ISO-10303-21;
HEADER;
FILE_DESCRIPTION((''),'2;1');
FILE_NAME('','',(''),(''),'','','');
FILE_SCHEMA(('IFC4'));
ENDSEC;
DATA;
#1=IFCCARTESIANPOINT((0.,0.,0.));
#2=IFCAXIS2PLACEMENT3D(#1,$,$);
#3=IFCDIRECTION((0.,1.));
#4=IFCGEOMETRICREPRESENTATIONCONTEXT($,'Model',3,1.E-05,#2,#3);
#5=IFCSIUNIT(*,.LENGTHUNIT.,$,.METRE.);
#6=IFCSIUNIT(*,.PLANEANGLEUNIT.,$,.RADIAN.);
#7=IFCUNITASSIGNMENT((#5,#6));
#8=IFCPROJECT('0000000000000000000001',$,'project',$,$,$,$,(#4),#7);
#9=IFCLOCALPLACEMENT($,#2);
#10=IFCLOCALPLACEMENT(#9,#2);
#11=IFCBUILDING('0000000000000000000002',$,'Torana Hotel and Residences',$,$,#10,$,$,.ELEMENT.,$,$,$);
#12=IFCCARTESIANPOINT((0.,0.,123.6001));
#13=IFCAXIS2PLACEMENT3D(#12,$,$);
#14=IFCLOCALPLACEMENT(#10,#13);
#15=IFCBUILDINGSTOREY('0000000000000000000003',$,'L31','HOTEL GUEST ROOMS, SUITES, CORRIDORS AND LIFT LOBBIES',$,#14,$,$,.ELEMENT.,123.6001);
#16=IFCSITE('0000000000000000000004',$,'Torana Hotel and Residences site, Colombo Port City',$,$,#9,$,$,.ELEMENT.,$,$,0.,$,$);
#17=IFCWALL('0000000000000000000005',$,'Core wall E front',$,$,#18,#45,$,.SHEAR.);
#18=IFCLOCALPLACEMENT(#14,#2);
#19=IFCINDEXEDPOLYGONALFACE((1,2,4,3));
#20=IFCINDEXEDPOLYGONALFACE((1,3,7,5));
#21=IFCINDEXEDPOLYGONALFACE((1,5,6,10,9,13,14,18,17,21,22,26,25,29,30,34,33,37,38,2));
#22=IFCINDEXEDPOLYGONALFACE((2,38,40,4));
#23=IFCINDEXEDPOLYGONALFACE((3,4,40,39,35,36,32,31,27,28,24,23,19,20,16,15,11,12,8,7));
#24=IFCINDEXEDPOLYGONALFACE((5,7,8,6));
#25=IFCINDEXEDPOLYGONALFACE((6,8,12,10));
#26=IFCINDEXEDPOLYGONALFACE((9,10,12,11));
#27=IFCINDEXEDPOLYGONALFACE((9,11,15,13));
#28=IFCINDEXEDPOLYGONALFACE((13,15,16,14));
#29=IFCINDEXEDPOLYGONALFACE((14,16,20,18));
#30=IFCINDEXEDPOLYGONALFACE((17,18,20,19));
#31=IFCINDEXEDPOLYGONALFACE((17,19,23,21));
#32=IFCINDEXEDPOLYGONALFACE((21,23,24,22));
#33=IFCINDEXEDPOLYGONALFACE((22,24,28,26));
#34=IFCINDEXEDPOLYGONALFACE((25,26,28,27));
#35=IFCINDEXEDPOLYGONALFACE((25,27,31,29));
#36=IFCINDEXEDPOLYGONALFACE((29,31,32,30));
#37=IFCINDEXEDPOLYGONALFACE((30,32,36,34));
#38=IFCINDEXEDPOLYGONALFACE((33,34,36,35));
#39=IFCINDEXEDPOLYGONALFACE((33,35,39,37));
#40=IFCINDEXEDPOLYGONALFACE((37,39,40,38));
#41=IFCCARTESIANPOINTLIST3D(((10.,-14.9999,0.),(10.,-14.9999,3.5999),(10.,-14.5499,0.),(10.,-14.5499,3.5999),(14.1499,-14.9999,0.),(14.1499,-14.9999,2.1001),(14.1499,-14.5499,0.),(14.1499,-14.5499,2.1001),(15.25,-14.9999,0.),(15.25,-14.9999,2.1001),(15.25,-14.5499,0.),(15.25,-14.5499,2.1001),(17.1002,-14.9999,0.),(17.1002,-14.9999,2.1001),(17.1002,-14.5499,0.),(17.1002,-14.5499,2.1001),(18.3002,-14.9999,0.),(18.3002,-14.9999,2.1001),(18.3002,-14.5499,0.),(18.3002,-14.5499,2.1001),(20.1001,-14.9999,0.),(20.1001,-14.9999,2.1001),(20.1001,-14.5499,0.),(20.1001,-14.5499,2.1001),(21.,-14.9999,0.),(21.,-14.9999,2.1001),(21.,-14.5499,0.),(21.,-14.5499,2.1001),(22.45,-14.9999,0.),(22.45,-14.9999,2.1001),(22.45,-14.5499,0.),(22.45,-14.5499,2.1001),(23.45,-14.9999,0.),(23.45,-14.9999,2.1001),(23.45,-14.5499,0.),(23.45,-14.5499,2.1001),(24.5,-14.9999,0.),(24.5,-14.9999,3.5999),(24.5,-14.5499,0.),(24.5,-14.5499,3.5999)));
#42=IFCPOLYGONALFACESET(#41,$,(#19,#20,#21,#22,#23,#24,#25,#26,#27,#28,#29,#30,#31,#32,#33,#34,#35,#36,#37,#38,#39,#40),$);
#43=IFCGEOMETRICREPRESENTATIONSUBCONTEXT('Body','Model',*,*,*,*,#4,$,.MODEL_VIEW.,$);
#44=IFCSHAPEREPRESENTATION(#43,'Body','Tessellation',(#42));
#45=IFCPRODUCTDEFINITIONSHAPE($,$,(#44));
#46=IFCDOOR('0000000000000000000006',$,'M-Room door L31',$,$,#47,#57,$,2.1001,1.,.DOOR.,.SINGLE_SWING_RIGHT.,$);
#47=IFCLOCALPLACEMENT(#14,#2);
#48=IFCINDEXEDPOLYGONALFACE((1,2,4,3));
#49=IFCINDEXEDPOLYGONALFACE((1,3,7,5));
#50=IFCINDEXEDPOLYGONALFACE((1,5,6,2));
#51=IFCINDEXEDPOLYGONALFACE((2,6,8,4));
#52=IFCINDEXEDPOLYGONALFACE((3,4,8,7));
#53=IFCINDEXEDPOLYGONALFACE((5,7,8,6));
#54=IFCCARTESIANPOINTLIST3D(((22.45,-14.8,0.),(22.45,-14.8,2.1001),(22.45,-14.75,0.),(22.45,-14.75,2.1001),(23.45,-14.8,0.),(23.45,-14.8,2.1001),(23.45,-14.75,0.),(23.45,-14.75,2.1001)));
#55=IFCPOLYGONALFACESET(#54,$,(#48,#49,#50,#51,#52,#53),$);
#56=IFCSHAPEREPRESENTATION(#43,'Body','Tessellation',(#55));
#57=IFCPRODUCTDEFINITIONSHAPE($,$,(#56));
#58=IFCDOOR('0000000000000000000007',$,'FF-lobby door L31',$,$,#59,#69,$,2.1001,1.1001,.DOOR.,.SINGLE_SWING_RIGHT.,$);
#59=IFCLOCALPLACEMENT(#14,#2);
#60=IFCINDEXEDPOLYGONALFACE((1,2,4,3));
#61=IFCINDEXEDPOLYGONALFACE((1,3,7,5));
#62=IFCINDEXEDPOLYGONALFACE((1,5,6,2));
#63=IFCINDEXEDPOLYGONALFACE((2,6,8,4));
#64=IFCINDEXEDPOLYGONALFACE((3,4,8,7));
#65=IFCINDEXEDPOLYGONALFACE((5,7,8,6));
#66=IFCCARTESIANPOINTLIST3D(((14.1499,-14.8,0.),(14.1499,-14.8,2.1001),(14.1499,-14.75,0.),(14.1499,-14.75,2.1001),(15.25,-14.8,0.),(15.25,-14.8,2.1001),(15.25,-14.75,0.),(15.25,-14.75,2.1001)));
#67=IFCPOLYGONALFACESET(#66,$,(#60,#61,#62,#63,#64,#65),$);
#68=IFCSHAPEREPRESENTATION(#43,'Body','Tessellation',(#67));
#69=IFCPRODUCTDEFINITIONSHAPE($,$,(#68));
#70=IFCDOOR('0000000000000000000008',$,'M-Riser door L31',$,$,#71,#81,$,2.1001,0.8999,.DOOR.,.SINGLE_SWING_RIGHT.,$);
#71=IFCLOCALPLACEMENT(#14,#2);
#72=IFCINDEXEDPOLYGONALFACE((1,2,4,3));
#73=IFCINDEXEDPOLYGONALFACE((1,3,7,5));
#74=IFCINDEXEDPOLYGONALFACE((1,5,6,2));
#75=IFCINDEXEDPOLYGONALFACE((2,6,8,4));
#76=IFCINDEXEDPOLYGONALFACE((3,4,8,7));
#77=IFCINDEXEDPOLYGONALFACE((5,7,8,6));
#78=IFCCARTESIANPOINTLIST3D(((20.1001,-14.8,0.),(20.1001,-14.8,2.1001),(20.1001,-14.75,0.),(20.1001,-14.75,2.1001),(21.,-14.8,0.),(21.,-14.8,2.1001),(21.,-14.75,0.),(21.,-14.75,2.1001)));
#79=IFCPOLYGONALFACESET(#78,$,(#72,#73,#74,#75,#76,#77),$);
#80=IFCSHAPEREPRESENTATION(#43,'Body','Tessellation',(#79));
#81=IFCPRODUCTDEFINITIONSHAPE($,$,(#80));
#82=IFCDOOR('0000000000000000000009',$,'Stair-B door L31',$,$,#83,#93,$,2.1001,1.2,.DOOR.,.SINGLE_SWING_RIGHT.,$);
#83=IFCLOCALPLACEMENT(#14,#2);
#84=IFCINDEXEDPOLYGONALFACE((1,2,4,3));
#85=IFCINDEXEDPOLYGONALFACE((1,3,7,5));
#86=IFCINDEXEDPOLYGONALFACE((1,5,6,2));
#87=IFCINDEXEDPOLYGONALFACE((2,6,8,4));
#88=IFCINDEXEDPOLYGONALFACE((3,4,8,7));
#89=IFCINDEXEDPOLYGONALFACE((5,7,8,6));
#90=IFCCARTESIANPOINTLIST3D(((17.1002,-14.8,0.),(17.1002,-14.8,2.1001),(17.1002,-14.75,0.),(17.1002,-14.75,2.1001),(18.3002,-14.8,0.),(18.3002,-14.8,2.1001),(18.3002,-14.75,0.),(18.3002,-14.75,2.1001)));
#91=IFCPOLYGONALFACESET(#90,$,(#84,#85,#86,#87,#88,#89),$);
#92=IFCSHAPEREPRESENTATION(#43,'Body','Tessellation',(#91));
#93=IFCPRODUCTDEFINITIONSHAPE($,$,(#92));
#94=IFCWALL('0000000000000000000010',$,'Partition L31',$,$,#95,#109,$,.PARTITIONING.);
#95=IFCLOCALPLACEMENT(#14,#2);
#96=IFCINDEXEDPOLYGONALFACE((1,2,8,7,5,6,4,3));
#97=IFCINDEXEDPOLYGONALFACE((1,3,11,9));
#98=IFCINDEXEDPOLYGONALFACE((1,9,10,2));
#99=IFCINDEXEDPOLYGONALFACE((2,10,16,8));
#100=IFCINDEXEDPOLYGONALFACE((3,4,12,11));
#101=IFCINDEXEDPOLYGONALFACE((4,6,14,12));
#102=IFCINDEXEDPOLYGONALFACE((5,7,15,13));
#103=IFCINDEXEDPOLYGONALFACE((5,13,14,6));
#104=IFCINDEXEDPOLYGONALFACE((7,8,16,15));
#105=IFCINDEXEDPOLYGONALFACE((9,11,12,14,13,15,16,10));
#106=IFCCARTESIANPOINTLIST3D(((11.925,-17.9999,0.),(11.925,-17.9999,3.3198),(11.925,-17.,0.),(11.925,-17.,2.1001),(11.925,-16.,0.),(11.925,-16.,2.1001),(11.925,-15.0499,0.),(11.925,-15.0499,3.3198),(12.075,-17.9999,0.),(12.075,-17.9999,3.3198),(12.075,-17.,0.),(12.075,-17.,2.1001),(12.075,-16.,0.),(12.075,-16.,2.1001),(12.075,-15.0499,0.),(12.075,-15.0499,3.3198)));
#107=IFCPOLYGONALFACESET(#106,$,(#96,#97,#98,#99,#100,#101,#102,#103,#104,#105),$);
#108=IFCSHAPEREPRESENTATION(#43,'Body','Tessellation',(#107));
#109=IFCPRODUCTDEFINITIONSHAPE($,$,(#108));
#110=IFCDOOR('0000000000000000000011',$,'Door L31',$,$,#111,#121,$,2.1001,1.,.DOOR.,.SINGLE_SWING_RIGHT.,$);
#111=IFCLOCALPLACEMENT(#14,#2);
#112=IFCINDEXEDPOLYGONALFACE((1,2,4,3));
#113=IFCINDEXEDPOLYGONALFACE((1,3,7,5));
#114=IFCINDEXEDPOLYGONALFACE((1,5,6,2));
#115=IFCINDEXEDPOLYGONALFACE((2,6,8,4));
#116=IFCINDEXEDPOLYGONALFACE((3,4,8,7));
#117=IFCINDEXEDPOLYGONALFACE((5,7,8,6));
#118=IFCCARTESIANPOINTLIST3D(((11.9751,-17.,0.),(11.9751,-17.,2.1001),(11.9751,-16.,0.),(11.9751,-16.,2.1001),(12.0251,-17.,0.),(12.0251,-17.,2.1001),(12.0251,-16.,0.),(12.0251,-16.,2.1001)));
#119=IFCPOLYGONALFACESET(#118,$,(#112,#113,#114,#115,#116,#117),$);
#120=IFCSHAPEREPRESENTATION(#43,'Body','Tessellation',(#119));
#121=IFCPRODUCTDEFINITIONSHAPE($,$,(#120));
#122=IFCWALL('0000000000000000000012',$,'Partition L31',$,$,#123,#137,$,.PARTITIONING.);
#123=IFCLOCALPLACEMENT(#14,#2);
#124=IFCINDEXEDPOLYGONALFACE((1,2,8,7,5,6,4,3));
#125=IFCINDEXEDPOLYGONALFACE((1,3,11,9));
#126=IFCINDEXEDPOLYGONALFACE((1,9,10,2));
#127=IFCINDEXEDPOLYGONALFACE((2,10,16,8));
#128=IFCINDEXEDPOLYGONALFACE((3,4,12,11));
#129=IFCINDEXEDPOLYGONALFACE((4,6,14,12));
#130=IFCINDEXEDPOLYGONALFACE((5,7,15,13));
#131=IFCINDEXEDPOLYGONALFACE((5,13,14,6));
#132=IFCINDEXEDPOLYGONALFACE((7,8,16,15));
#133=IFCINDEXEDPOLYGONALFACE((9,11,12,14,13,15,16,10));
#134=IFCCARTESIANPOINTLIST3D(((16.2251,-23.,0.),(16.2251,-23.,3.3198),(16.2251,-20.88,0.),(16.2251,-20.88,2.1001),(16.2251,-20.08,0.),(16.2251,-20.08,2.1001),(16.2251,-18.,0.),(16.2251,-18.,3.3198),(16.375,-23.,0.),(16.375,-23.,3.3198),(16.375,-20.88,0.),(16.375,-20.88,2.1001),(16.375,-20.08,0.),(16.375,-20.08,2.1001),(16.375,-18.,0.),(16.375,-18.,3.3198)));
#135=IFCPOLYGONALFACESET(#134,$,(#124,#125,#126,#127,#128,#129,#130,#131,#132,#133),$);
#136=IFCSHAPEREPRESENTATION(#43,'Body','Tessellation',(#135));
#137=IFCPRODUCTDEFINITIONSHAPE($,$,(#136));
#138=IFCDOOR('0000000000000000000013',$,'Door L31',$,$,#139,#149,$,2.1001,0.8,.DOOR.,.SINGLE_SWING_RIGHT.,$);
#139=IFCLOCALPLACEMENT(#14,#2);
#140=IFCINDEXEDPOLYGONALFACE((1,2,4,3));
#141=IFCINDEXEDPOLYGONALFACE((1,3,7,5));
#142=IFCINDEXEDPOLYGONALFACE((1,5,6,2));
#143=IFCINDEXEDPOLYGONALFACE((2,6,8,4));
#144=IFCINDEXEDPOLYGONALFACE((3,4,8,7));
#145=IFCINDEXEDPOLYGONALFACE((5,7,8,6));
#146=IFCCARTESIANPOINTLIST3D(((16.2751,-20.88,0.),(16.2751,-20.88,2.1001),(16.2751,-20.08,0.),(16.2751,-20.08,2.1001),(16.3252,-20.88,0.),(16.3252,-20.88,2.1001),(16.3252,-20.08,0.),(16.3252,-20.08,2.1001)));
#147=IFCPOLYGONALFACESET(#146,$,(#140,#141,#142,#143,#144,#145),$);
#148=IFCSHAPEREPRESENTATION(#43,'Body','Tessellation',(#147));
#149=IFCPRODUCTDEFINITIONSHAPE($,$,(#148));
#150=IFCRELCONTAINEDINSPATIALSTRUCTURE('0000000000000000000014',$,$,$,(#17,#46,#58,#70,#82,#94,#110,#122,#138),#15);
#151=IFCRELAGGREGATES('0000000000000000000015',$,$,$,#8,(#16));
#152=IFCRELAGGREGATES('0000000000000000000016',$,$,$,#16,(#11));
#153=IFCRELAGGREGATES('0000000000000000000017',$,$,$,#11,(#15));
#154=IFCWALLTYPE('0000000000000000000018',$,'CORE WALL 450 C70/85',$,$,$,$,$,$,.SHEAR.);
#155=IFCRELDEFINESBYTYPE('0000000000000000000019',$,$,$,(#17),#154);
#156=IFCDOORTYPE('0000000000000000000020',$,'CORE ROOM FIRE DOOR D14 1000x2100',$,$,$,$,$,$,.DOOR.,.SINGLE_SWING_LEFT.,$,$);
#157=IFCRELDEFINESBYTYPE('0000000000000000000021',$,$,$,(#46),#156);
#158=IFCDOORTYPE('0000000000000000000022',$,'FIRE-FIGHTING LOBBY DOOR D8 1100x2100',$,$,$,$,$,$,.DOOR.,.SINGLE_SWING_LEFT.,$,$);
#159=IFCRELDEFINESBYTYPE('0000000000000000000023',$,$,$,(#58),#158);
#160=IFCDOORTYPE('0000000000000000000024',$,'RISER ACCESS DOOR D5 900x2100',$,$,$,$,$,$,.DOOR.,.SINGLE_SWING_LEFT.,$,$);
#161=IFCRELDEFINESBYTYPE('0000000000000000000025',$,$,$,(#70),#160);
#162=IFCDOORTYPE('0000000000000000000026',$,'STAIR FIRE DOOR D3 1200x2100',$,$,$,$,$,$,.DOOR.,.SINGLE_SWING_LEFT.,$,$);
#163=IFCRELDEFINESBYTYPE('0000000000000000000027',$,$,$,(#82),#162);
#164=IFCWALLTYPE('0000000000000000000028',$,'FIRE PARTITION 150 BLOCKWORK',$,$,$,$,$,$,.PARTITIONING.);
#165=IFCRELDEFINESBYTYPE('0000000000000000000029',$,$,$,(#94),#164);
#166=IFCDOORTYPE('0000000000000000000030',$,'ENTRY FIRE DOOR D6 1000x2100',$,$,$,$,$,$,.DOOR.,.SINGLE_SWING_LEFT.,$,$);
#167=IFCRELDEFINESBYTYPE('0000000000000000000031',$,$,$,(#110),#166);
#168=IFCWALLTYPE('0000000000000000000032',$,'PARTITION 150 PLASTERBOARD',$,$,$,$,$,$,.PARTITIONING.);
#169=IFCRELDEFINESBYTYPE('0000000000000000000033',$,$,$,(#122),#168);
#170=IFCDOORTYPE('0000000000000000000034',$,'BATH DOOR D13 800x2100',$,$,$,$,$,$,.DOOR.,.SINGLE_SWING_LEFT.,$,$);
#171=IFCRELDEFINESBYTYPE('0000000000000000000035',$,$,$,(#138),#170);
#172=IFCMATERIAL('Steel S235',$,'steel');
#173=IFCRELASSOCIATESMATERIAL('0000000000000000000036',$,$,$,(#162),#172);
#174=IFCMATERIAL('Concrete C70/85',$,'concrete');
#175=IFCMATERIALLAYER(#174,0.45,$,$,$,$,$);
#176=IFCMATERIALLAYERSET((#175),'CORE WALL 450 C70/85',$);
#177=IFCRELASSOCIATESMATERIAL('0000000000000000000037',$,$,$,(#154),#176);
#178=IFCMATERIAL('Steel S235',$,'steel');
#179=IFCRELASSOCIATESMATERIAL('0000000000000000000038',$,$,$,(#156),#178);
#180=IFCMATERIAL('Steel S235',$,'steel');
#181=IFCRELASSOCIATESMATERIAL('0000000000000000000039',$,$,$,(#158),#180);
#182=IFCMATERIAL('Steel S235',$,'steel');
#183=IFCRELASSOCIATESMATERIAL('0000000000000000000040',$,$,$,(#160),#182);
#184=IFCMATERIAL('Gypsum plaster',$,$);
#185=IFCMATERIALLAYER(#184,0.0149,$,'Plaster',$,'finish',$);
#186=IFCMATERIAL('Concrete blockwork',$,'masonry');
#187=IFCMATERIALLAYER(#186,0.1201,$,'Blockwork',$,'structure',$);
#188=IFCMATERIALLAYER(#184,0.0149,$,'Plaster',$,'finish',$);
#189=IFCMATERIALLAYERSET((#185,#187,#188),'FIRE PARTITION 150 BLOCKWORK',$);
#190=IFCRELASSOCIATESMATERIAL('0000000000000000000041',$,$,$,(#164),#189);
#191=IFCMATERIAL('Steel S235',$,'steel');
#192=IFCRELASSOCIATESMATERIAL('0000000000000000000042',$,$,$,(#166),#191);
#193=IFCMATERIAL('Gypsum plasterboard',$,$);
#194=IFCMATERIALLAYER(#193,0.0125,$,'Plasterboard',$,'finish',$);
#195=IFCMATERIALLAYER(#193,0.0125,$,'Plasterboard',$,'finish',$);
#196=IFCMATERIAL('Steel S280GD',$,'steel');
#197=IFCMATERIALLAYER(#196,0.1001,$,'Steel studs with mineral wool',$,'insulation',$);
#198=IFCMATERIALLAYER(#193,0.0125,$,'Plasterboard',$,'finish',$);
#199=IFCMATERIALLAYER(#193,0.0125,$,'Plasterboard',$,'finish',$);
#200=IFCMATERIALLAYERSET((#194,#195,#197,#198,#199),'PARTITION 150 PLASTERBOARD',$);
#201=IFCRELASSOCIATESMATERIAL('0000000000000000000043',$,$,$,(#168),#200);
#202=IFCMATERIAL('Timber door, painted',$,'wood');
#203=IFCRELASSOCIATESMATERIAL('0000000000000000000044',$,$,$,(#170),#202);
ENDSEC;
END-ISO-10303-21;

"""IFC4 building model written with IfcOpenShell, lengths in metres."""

from ifc_helpers import new_model, si_unit, direction, frame, frame_2d, origin, place, context, subcontext, project, spatial, rectangle, extrude, material, layer, layer_set, type_object, element, fill, save


model = new_model("IFC4")

# Units and contexts
model_context = context("Model", 3, precision=1e-05, world=origin(), true_north=direction((0.0, 1.0)))
body_context = subcontext(model_context, "Body", "Model", "MODEL_VIEW")
ifc_project = project(units=[si_unit("LENGTHUNIT", "METRE"), si_unit("PLANEANGLEUNIT", "RADIAN")], contexts=[model_context])

# Site, building, storey
site_placement = place(None, origin())
site = spatial("IfcSite", under=ifc_project, at=site_placement, Name="Torana Hotel and Residences site, Colombo Port City", CompositionType="ELEMENT", RefElevation=0.0)
building_placement = place(site_placement, origin())
building = spatial("IfcBuilding", under=site, at=building_placement, Name="Torana Hotel and Residences", CompositionType="ELEMENT")
storey_placement = place(building_placement, frame((0.0, 0.0, 123.6001)))
storey = spatial("IfcBuildingStorey", under=building, at=storey_placement, Name="L31", Description="HOTEL GUEST ROOMS, SUITES, CORRIDORS AND LIFT LOBBIES", CompositionType="ELEMENT", Elevation=123.6001)

# Shared definitions
ifc_material_1 = material(Name="Steel S235", Category="steel")
door_type_1 = type_object("IfcDoorType", Name="STAIR FIRE DOOR D3 1200x2100", OperationType="SINGLE_SWING_LEFT", PredefinedType="DOOR", material=ifc_material_1)

# Wall, openings, doors
ifc_material_2 = material(Name="Concrete C70/85", Category="concrete")
ifc_layer_1 = layer(ifc_material_2, 0.45)
ifc_layer_set_1 = layer_set([ifc_layer_1], Name="CORE WALL 450 C70/85")
wall_type_1 = type_object("IfcWallType", Name="CORE WALL 450 C70/85", PredefinedType="SHEAR", material=ifc_layer_set_1)
wall_1_placement = place(storey_placement, frame((10.0, -14.7749, 0.0), z_axis=(0.0, 0.0, 1.0), x_axis=(1.0, 0.0, 0.0)))
wall_1 = element("IfcWall", 1, at=wall_1_placement, inside=storey, type_object=wall_type_1, Name="Core wall E front", PredefinedType="SHEAR", context=body_context, shape_type="SweptSolid", body=[
    extrude(rectangle(XDim=14.5, YDim=0.45, at=frame_2d((7.25, 0.0))), origin(), (0.0, 0.0, 1.0), 3.5999),
])
opening_1_placement = place(wall_1_placement, frame((7.1001, 0.0, 0.0)))
opening_1 = element("IfcOpeningElement", 2, at=opening_1_placement, cuts=wall_1, PredefinedType="OPENING", context=body_context, shape_type="SweptSolid", body=[
    extrude(rectangle(XDim=1.2, YDim=2.1001, at=frame_2d((0.6001, 1.05))), frame((0.0, 0.2349, 0.0), z_axis=(0.0, -1.0, 0.0), x_axis=(1.0, 0.0, 0.0)), (0.0, 0.0, 1.0), 0.47),
])
opening_2_placement = place(wall_1_placement, frame((4.1499, 0.0, 0.0)))
opening_2 = element("IfcOpeningElement", 3, at=opening_2_placement, cuts=wall_1, PredefinedType="OPENING", context=body_context, shape_type="SweptSolid", body=[
    extrude(rectangle(XDim=1.1001, YDim=2.1001, at=frame_2d((0.55, 1.05))), frame((0.0, 0.2349, 0.0), z_axis=(0.0, -1.0, 0.0), x_axis=(1.0, 0.0, 0.0)), (0.0, 0.0, 1.0), 0.47),
])
opening_3_placement = place(wall_1_placement, frame((10.1001, 0.0, 0.0)))
opening_3 = element("IfcOpeningElement", 4, at=opening_3_placement, cuts=wall_1, PredefinedType="OPENING", context=body_context, shape_type="SweptSolid", body=[
    extrude(rectangle(XDim=0.8999, YDim=2.1001, at=frame_2d((0.45, 1.05))), frame((0.0, 0.2349, 0.0), z_axis=(0.0, -1.0, 0.0), x_axis=(1.0, 0.0, 0.0)), (0.0, 0.0, 1.0), 0.47),
])
opening_4_placement = place(wall_1_placement, frame((12.45, 0.0, 0.0)))
opening_4 = element("IfcOpeningElement", 5, at=opening_4_placement, cuts=wall_1, PredefinedType="OPENING", context=body_context, shape_type="SweptSolid", body=[
    extrude(rectangle(XDim=1.0, YDim=2.1001, at=frame_2d((0.5, 1.05))), frame((0.0, 0.2349, 0.0), z_axis=(0.0, -1.0, 0.0), x_axis=(1.0, 0.0, 0.0)), (0.0, 0.0, 1.0), 0.47),
])
ifc_material_3 = material(Name="Steel S235", Category="steel")
door_type_2 = type_object("IfcDoorType", Name="CORE ROOM FIRE DOOR D14 1000x2100", OperationType="SINGLE_SWING_LEFT", PredefinedType="DOOR", material=ifc_material_3)
door_1_placement = place(opening_4_placement, origin())
door_1 = element("IfcDoor", 6, at=door_1_placement, inside=storey, type_object=door_type_2, Name="M-Room door L31", OperationType="SINGLE_SWING_RIGHT", OverallHeight=2.1001, OverallWidth=1.0, PredefinedType="DOOR", context=body_context, shape_type="SweptSolid", body=[
    extrude(rectangle(XDim=1.0, YDim=2.1001, at=frame_2d((0.5, 1.05))), frame((0.0, 0.0249, 0.0), z_axis=(0.0, -1.0, 0.0), x_axis=(1.0, 0.0, 0.0)), (0.0, 0.0, 1.0), 0.05),
])
fill(opening_4, door_1)
ifc_material_4 = material(Name="Steel S235", Category="steel")
door_type_3 = type_object("IfcDoorType", Name="FIRE-FIGHTING LOBBY DOOR D8 1100x2100", OperationType="SINGLE_SWING_LEFT", PredefinedType="DOOR", material=ifc_material_4)
door_2_placement = place(opening_2_placement, origin())
door_2 = element("IfcDoor", 7, at=door_2_placement, inside=storey, type_object=door_type_3, Name="FF-lobby door L31", OperationType="SINGLE_SWING_RIGHT", OverallHeight=2.1001, OverallWidth=1.1001, PredefinedType="DOOR", context=body_context, shape_type="SweptSolid", body=[
    extrude(rectangle(XDim=1.1001, YDim=2.1001, at=frame_2d((0.55, 1.05))), frame((0.0, 0.0249, 0.0), z_axis=(0.0, -1.0, 0.0), x_axis=(1.0, 0.0, 0.0)), (0.0, 0.0, 1.0), 0.05),
])
fill(opening_2, door_2)
ifc_material_5 = material(Name="Steel S235", Category="steel")
door_type_4 = type_object("IfcDoorType", Name="RISER ACCESS DOOR D5 900x2100", OperationType="SINGLE_SWING_LEFT", PredefinedType="DOOR", material=ifc_material_5)
door_3_placement = place(opening_3_placement, origin())
door_3 = element("IfcDoor", 8, at=door_3_placement, inside=storey, type_object=door_type_4, Name="M-Riser door L31", OperationType="SINGLE_SWING_RIGHT", OverallHeight=2.1001, OverallWidth=0.8999, PredefinedType="DOOR", context=body_context, shape_type="SweptSolid", body=[
    extrude(rectangle(XDim=0.8999, YDim=2.1001, at=frame_2d((0.45, 1.05))), frame((0.0, 0.0249, 0.0), z_axis=(0.0, -1.0, 0.0), x_axis=(1.0, 0.0, 0.0)), (0.0, 0.0, 1.0), 0.05),
])
fill(opening_3, door_3)
door_4_placement = place(opening_1_placement, origin())
door_4 = element("IfcDoor", 9, at=door_4_placement, inside=storey, type_object=door_type_1, Name="Stair-B door L31", OperationType="SINGLE_SWING_RIGHT", OverallHeight=2.1001, OverallWidth=1.2, PredefinedType="DOOR", context=body_context, shape_type="SweptSolid", body=[
    extrude(rectangle(XDim=1.2, YDim=2.1001, at=frame_2d((0.6001, 1.05))), frame((0.0, 0.0249, 0.0), z_axis=(0.0, -1.0, 0.0), x_axis=(1.0, 0.0, 0.0)), (0.0, 0.0, 1.0), 0.05),
])
fill(opening_1, door_4)

# Walls, openings, doors
ifc_material_6 = material(Name="Gypsum plaster")
ifc_layer_2 = layer(ifc_material_6, 0.0149, Name="Plaster", Category="finish")
ifc_material_7 = material(Name="Concrete blockwork", Category="masonry")
ifc_layer_3 = layer(ifc_material_7, 0.1201, Name="Blockwork", Category="structure")
ifc_layer_4 = layer(ifc_material_6, 0.0149, Name="Plaster", Category="finish")
ifc_layer_set_2 = layer_set([ifc_layer_2, ifc_layer_3, ifc_layer_4], Name="FIRE PARTITION 150 BLOCKWORK")
wall_type_2 = type_object("IfcWallType", Name="FIRE PARTITION 150 BLOCKWORK", PredefinedType="PARTITIONING", material=ifc_layer_set_2)
wall_2_placement = place(storey_placement, frame((12.0, -18.0, 0.0), z_axis=(0.0, 0.0, 1.0), x_axis=(0.0, 1.0, 0.0)))
wall_2 = element("IfcWall", 10, at=wall_2_placement, inside=storey, type_object=wall_type_2, Name="Partition L31", PredefinedType="PARTITIONING", context=body_context, shape_type="SweptSolid", body=[
    extrude(rectangle(XDim=2.95, YDim=0.1499, at=frame_2d((1.4751, 0.0))), origin(), (0.0, 0.0, 1.0), 3.3198),
])
opening_5_placement = place(wall_2_placement, frame((1.0, 0.0, 0.0)))
opening_5 = element("IfcOpeningElement", 11, at=opening_5_placement, cuts=wall_2, PredefinedType="OPENING", context=body_context, shape_type="SweptSolid", body=[
    extrude(rectangle(XDim=1.0, YDim=2.1001, at=frame_2d((0.5, 1.05))), frame((0.0, 0.085, 0.0), z_axis=(0.0, -1.0, 0.0), x_axis=(1.0, 0.0, 0.0)), (0.0, 0.0, 1.0), 0.1699),
])
ifc_material_8 = material(Name="Steel S235", Category="steel")
door_type_5 = type_object("IfcDoorType", Name="ENTRY FIRE DOOR D6 1000x2100", OperationType="SINGLE_SWING_LEFT", PredefinedType="DOOR", material=ifc_material_8)
door_5_placement = place(opening_5_placement, origin())
door_5 = element("IfcDoor", 12, at=door_5_placement, inside=storey, type_object=door_type_5, Name="Door L31", OperationType="SINGLE_SWING_RIGHT", OverallHeight=2.1001, OverallWidth=1.0, PredefinedType="DOOR", context=body_context, shape_type="SweptSolid", body=[
    extrude(rectangle(XDim=1.0, YDim=2.1001, at=frame_2d((0.5, 1.05))), frame((0.0, 0.0249, 0.0), z_axis=(0.0, -1.0, 0.0), x_axis=(1.0, 0.0, 0.0)), (0.0, 0.0, 1.0), 0.05),
])
fill(opening_5, door_5)
ifc_material_9 = material(Name="Gypsum plasterboard")
ifc_layer_5 = layer(ifc_material_9, 0.0125, Name="Plasterboard", Category="finish")
ifc_layer_6 = layer(ifc_material_9, 0.0125, Name="Plasterboard", Category="finish")
ifc_material_10 = material(Name="Steel S280GD", Category="steel")
ifc_layer_7 = layer(ifc_material_10, 0.1001, Name="Steel studs with mineral wool", Category="insulation")
ifc_layer_8 = layer(ifc_material_9, 0.0125, Name="Plasterboard", Category="finish")
ifc_layer_9 = layer(ifc_material_9, 0.0125, Name="Plasterboard", Category="finish")
ifc_layer_set_3 = layer_set([ifc_layer_5, ifc_layer_6, ifc_layer_7, ifc_layer_8, ifc_layer_9], Name="PARTITION 150 PLASTERBOARD")
wall_type_3 = type_object("IfcWallType", Name="PARTITION 150 PLASTERBOARD", PredefinedType="PARTITIONING", material=ifc_layer_set_3)
wall_3_placement = place(storey_placement, frame((16.3, -23.0, 0.0), z_axis=(0.0, 0.0, 1.0), x_axis=(0.0, 1.0, 0.0)))
wall_3 = element("IfcWall", 13, at=wall_3_placement, inside=storey, type_object=wall_type_3, Name="Partition L31", PredefinedType="PARTITIONING", context=body_context, shape_type="SweptSolid", body=[
    extrude(rectangle(XDim=5.0, YDim=0.1499, at=frame_2d((2.5, 0.0))), origin(), (0.0, 0.0, 1.0), 3.3198),
])
opening_6_placement = place(wall_3_placement, frame((2.1201, 0.0, 0.0)))
opening_6 = element("IfcOpeningElement", 14, at=opening_6_placement, cuts=wall_3, PredefinedType="OPENING", context=body_context, shape_type="SweptSolid", body=[
    extrude(rectangle(XDim=0.8, YDim=2.1001, at=frame_2d((0.3999, 1.05))), frame((0.0, 0.085, 0.0), z_axis=(0.0, -1.0, 0.0), x_axis=(1.0, 0.0, 0.0)), (0.0, 0.0, 1.0), 0.1699),
])
ifc_material_11 = material(Name="Timber door, painted", Category="wood")
door_type_6 = type_object("IfcDoorType", Name="BATH DOOR D13 800x2100", OperationType="SINGLE_SWING_LEFT", PredefinedType="DOOR", material=ifc_material_11)
door_6_placement = place(opening_6_placement, origin())
door_6 = element("IfcDoor", 15, at=door_6_placement, inside=storey, type_object=door_type_6, Name="Door L31", OperationType="SINGLE_SWING_RIGHT", OverallHeight=2.1001, OverallWidth=0.8, PredefinedType="DOOR", context=body_context, shape_type="SweptSolid", body=[
    extrude(rectangle(XDim=0.8, YDim=2.1001, at=frame_2d((0.3999, 1.05))), frame((0.0, 0.0249, 0.0), z_axis=(0.0, -1.0, 0.0), x_axis=(1.0, 0.0, 0.0)), (0.0, 0.0, 1.0), 0.05),
])
fill(opening_6, door_6)

save(model, "model.ifc")
